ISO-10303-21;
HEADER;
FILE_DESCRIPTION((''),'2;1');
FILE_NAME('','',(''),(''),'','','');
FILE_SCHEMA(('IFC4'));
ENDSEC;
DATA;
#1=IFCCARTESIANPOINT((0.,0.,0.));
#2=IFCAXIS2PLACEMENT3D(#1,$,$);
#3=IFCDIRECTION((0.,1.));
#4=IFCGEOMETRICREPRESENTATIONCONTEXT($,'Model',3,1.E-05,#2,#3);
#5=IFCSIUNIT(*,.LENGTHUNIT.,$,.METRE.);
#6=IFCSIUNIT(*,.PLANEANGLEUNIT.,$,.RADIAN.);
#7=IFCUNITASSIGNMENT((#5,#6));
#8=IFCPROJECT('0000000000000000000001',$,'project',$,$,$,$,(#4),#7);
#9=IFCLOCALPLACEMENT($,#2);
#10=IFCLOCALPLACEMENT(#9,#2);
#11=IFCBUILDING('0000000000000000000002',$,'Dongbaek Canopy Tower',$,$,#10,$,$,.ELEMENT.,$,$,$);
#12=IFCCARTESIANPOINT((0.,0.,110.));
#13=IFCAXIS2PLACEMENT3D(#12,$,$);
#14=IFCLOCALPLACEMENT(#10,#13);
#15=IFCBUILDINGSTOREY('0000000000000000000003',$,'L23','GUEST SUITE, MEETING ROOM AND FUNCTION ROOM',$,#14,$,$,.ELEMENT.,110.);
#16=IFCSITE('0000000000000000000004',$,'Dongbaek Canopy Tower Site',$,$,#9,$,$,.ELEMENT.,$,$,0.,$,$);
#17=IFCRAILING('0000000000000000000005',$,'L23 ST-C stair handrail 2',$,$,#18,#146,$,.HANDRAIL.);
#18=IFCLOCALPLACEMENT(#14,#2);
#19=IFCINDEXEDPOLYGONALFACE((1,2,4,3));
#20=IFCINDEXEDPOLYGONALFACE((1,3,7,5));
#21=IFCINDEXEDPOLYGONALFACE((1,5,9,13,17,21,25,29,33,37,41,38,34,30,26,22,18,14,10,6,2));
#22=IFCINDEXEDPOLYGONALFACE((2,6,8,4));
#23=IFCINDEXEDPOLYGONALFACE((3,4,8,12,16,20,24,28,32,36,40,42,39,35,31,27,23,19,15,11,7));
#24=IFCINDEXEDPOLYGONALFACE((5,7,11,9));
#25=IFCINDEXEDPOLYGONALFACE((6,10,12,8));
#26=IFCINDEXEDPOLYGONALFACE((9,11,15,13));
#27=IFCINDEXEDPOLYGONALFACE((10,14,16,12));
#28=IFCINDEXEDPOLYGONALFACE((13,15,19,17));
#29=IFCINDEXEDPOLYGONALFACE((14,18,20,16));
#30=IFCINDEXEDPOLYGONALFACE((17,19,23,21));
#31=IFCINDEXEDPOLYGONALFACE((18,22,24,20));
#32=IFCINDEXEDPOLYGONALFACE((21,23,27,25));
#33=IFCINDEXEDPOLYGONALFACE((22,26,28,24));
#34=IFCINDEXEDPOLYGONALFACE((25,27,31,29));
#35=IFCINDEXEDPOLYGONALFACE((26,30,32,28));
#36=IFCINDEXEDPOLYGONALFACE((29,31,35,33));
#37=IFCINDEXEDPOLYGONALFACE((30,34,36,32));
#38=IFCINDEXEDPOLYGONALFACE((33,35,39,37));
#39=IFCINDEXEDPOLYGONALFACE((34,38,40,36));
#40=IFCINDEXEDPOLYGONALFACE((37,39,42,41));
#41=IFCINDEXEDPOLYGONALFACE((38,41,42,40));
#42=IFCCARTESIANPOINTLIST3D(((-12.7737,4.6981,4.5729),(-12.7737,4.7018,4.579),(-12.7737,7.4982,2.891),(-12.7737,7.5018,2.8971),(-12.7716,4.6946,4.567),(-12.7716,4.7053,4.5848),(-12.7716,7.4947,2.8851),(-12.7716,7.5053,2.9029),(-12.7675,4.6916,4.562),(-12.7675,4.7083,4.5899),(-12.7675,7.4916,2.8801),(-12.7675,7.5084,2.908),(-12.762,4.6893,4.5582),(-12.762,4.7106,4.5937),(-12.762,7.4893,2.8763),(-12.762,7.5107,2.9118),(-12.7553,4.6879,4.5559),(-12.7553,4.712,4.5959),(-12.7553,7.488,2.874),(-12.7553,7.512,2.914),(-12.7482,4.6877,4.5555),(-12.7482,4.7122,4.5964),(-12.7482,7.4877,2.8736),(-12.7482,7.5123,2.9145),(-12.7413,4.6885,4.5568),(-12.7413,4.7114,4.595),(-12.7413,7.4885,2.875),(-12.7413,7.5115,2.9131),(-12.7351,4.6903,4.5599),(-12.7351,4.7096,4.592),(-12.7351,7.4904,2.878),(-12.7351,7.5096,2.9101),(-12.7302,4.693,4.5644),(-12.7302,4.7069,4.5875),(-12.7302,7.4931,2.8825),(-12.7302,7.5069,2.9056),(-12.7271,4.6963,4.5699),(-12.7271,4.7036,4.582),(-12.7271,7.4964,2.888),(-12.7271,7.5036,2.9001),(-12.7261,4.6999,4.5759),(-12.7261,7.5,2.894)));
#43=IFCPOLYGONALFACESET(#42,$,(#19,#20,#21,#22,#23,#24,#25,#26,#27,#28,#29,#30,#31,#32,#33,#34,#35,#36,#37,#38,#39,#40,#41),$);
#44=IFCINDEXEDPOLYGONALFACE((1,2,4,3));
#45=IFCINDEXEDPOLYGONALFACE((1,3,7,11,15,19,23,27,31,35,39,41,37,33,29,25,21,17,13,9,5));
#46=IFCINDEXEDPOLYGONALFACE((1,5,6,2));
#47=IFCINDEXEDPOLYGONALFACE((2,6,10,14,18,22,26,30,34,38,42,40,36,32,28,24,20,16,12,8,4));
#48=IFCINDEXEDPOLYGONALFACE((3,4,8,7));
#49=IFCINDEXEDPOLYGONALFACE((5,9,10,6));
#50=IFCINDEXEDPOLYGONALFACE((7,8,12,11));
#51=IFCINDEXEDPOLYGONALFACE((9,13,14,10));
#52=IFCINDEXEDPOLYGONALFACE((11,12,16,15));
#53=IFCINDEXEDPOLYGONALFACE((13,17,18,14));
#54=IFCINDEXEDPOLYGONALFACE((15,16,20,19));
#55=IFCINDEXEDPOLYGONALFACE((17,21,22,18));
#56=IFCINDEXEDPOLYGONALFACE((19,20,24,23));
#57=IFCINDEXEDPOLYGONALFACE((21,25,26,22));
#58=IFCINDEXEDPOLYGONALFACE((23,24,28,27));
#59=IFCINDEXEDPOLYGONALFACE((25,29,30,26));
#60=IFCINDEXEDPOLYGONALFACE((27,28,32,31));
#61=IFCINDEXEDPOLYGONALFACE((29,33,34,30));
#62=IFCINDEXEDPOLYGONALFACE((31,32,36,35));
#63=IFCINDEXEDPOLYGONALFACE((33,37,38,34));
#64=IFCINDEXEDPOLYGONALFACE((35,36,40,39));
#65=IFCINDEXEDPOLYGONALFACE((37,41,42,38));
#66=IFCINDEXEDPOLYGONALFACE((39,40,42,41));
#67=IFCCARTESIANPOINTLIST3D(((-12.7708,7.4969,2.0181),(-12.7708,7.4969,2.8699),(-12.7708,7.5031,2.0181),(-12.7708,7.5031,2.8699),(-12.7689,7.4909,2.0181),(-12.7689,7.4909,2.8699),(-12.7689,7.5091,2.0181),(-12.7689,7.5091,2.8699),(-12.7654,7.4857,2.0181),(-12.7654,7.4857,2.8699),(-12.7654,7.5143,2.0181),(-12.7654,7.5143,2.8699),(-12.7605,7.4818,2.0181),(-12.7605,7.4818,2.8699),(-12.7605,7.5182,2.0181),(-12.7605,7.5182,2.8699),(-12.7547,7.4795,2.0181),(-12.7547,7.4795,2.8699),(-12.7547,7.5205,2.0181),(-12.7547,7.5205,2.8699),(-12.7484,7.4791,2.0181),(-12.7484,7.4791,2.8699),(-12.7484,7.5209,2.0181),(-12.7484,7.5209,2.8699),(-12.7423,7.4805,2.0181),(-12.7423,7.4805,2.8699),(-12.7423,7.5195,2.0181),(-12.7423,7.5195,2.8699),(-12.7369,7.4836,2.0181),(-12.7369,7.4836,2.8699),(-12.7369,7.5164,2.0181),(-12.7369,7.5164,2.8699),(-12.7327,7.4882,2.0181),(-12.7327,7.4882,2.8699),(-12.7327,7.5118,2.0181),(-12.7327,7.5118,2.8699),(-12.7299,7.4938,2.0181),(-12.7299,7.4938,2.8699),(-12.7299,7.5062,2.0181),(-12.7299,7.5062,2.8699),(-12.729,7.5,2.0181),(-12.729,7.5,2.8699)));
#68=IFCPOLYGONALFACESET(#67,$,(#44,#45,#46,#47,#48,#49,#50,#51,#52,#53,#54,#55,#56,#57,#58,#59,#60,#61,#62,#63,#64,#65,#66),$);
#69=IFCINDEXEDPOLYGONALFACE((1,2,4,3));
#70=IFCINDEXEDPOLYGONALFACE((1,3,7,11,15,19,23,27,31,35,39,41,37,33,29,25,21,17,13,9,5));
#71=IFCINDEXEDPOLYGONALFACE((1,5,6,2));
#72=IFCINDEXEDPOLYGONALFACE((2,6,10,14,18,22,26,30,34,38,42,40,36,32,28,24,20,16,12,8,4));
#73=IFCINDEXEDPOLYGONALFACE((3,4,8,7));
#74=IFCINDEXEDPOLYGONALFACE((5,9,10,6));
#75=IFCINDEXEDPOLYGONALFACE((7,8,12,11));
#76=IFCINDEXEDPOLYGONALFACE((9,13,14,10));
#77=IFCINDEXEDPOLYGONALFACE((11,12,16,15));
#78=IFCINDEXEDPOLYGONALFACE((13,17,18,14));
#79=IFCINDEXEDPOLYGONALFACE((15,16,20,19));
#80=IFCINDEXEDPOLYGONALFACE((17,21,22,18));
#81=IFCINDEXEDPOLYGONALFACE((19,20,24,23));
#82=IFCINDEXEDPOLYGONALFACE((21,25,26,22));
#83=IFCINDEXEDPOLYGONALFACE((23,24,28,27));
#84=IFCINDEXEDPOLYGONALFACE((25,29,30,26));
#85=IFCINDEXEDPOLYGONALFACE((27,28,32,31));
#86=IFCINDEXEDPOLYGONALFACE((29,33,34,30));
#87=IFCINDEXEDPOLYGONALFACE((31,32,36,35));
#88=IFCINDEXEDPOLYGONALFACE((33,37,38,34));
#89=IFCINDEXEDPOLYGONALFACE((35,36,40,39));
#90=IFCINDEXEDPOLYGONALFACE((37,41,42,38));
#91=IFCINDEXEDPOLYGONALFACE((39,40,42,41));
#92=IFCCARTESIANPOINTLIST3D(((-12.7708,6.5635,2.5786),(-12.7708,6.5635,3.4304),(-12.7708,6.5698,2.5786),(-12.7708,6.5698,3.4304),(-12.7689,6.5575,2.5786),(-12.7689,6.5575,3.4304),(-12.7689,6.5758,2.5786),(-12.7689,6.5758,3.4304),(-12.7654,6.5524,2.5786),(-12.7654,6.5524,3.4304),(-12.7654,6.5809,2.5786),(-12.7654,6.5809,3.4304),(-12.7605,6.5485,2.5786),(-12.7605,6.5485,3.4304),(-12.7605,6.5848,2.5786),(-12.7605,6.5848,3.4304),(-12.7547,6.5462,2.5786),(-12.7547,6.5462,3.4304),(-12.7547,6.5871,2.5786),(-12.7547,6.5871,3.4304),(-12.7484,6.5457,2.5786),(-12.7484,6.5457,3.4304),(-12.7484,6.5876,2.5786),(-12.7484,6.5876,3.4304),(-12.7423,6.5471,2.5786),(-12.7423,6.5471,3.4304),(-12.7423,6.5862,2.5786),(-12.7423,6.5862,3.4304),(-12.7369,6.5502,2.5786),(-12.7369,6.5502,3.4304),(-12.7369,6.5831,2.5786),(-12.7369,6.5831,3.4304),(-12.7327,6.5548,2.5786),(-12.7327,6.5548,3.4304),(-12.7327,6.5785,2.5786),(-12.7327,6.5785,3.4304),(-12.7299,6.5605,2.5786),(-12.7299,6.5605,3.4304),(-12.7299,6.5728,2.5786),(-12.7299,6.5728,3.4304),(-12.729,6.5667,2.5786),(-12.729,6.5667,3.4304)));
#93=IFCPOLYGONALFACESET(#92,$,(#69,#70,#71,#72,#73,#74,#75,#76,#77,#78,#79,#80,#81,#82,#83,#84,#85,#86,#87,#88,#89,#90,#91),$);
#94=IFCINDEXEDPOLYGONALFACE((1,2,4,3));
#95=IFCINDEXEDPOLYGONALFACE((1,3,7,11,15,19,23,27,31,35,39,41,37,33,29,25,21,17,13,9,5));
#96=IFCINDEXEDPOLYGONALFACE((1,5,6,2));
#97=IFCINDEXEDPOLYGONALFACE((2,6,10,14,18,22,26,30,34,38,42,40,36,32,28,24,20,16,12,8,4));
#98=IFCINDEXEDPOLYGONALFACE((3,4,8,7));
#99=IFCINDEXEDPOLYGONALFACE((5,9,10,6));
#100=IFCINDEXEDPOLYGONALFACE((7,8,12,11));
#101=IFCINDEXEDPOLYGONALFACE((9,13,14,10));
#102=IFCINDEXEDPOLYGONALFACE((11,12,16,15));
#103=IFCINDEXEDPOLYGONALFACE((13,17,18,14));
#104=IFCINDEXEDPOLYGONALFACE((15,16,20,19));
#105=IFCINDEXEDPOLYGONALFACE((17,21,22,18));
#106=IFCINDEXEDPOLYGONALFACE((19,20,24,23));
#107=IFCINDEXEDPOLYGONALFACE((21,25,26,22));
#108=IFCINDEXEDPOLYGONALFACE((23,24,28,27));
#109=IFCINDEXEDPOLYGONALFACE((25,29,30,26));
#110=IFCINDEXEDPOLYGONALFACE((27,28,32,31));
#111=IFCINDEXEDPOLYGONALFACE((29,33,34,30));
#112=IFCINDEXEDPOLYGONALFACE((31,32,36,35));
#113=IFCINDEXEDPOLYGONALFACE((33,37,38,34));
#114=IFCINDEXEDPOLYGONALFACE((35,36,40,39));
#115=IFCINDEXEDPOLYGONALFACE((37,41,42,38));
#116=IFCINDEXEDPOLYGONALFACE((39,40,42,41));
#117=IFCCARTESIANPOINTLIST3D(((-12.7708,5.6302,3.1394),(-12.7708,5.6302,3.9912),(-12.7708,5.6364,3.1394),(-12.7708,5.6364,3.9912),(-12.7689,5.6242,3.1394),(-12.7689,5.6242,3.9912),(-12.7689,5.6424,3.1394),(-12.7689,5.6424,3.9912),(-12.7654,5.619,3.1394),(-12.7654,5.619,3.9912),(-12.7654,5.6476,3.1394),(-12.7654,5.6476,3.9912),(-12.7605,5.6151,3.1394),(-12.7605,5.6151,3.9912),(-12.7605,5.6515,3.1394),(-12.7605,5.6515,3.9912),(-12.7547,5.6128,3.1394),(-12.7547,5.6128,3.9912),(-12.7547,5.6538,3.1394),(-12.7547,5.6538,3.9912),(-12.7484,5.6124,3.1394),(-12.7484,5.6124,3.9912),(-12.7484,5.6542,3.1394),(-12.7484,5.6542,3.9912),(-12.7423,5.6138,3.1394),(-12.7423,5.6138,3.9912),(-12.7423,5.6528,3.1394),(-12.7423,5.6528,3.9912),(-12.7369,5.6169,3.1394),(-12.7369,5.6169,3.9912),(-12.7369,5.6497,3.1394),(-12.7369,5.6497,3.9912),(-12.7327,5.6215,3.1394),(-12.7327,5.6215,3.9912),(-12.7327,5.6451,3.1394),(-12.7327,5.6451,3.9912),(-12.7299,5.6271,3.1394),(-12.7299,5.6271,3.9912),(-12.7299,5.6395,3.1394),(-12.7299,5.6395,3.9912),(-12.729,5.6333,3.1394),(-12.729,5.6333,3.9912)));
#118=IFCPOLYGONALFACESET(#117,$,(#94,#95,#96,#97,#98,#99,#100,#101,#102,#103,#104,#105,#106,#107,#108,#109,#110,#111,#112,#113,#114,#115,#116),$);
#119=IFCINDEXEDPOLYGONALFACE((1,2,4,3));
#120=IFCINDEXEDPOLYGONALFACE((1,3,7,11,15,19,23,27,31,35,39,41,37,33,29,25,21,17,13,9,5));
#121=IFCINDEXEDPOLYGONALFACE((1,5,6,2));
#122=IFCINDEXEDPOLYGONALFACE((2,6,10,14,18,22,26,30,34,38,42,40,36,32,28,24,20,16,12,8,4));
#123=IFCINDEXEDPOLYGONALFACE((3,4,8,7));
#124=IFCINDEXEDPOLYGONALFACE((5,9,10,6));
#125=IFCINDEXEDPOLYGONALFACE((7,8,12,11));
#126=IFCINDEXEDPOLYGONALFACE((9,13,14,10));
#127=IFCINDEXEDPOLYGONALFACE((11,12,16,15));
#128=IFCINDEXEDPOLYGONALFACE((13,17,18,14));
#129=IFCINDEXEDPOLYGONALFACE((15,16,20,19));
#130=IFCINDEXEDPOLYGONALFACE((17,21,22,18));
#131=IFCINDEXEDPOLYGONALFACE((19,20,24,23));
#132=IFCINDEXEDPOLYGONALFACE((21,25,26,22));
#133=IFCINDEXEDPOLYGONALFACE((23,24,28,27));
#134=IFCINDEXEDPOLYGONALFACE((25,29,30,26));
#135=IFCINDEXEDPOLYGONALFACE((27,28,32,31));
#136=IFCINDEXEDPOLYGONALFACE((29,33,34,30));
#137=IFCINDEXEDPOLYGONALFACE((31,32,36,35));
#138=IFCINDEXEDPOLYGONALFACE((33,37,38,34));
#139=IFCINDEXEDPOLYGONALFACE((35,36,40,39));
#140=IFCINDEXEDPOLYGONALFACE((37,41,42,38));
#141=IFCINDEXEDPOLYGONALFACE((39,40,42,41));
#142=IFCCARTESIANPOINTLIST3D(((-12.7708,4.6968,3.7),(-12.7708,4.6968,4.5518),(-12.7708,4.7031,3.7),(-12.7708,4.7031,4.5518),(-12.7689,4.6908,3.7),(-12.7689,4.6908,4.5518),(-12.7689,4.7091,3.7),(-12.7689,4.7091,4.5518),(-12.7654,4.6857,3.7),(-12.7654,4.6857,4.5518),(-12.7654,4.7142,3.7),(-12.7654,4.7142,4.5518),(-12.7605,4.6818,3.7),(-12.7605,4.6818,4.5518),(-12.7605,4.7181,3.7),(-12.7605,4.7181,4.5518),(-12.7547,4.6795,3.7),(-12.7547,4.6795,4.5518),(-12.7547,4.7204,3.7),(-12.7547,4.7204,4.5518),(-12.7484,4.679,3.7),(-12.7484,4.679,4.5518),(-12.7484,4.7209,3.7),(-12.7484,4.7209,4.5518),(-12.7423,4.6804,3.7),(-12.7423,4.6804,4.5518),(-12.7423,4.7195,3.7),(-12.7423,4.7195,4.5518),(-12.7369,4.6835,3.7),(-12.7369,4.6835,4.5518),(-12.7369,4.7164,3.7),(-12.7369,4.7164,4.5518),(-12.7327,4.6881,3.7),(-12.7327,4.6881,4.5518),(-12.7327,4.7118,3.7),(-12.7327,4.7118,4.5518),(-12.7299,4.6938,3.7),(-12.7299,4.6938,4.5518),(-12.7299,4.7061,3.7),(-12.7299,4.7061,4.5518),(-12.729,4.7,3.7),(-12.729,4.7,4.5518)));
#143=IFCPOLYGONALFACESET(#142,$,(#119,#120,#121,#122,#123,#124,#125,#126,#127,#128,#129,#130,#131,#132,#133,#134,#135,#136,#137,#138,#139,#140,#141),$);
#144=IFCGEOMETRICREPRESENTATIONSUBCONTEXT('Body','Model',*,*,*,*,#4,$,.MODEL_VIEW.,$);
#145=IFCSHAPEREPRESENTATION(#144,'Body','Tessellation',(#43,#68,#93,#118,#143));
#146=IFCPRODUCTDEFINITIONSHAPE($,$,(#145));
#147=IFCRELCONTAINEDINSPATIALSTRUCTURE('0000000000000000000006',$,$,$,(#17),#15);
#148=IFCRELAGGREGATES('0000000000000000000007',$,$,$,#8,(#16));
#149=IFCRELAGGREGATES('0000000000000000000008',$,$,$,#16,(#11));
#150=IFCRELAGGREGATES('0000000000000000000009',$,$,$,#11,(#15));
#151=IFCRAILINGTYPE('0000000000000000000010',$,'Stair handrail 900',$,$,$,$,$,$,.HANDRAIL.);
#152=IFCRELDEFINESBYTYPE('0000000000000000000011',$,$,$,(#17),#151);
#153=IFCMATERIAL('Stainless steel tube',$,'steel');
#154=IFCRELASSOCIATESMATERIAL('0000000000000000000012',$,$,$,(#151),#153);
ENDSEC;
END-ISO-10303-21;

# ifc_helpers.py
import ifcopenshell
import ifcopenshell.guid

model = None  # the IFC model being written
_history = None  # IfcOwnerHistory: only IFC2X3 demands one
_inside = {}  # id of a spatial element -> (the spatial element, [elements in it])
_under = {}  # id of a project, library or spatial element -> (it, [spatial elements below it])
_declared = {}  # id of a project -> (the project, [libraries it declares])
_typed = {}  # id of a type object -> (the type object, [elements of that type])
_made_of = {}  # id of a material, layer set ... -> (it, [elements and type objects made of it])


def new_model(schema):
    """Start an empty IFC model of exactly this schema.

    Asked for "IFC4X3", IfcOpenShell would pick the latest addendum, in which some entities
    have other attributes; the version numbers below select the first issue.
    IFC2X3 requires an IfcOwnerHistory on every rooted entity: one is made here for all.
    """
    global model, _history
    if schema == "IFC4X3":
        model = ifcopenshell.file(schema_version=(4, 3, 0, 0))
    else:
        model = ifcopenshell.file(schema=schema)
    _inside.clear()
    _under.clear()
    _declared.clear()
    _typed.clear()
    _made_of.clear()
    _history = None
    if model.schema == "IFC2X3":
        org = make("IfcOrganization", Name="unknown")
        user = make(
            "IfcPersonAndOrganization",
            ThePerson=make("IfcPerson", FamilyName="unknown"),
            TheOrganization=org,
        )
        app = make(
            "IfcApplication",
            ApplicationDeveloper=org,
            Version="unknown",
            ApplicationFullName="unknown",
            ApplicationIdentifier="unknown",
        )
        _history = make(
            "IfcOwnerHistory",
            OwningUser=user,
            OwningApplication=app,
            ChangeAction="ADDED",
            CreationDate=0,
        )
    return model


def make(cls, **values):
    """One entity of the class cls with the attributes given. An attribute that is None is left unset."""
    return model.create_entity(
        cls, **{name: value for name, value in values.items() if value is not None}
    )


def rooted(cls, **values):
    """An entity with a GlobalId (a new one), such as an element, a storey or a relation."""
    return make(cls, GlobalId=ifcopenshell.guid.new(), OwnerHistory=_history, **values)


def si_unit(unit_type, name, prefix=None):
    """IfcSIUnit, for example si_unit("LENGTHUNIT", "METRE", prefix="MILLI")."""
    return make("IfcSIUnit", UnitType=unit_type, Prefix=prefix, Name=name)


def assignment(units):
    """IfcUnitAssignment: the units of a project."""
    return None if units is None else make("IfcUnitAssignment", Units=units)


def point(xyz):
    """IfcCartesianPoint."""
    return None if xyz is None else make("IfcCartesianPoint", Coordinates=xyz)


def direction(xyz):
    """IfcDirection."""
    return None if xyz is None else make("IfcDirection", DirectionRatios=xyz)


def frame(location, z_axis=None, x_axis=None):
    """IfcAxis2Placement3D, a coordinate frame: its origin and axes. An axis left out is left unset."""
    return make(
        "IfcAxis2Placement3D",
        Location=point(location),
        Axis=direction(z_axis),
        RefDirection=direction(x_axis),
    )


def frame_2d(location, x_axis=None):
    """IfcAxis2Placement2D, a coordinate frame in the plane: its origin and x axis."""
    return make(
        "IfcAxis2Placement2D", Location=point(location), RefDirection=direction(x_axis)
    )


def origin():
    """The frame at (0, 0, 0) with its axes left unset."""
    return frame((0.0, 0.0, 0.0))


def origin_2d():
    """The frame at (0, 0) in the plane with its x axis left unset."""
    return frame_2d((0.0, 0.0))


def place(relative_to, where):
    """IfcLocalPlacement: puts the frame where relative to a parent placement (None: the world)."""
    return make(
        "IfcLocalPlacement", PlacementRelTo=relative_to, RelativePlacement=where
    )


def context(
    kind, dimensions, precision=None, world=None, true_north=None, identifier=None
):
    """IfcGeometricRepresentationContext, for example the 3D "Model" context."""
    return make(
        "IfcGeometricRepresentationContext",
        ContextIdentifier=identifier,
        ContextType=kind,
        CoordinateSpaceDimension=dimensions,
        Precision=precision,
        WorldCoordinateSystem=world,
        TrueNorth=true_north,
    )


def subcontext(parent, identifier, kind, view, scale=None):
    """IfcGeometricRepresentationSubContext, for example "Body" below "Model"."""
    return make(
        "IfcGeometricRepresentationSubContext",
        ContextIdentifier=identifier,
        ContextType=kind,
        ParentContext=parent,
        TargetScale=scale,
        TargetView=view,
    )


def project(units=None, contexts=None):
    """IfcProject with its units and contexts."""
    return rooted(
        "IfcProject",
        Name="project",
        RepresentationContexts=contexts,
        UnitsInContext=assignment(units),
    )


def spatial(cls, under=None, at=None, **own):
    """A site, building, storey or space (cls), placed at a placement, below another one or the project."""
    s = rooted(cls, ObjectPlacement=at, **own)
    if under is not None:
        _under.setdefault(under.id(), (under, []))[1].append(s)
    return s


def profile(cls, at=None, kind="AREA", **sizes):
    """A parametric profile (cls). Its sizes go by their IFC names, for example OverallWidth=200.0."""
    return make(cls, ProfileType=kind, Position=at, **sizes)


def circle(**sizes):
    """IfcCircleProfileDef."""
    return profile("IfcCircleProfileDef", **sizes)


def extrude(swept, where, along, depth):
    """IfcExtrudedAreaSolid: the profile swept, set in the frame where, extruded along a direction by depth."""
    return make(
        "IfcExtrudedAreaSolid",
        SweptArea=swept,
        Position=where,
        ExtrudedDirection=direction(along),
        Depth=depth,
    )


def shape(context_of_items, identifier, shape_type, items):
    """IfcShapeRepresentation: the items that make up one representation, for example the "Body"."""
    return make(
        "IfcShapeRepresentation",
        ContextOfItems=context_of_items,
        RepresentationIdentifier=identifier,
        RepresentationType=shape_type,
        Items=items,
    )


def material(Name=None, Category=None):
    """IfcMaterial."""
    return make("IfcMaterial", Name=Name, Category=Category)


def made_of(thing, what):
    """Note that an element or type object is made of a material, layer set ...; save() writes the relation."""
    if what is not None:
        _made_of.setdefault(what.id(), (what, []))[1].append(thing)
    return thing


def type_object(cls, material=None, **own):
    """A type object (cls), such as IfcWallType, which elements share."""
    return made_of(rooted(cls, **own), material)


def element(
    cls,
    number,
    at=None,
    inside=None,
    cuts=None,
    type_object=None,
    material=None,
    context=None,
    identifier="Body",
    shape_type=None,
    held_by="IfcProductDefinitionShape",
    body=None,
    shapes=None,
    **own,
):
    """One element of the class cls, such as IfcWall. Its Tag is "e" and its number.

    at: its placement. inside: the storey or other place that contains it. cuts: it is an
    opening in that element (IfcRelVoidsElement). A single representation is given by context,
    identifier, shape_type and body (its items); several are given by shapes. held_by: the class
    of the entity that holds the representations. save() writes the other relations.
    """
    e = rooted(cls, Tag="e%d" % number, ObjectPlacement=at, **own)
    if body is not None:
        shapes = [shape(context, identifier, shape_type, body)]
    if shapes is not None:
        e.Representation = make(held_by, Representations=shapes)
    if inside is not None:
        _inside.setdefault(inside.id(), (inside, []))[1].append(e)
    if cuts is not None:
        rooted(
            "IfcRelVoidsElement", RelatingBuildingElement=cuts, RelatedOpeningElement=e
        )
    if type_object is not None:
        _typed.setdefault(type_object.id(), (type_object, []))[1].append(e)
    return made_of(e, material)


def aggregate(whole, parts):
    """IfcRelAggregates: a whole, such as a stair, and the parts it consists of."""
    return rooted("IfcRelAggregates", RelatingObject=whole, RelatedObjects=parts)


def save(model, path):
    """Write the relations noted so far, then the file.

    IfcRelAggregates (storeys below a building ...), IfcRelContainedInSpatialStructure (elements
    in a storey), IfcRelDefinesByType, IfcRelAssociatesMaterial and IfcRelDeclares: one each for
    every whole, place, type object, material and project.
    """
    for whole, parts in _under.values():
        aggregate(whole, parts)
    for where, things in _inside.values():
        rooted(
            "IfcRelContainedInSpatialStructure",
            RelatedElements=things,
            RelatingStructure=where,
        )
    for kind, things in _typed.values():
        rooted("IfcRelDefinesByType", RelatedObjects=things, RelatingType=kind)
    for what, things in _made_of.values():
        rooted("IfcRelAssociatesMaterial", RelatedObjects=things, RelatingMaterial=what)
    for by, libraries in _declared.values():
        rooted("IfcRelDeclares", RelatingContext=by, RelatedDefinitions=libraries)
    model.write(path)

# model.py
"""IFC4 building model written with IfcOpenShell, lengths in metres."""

from ifc_helpers import new_model, si_unit, direction, frame, origin, origin_2d, place, context, subcontext, project, spatial, circle, extrude, material, type_object, element, save


model = new_model("IFC4")

# Units and contexts
model_context = context("Model", 3, precision=1e-05, world=origin(), true_north=direction((0.0, 1.0)))
body_context = subcontext(model_context, "Body", "Model", "MODEL_VIEW")
ifc_project = project(units=[si_unit("LENGTHUNIT", "METRE"), si_unit("PLANEANGLEUNIT", "RADIAN")], contexts=[model_context])

# Site, building, storey
site_placement = place(None, origin())
site = spatial("IfcSite", under=ifc_project, at=site_placement, Name="Dongbaek Canopy Tower Site", CompositionType="ELEMENT", RefElevation=0.0)
building_placement = place(site_placement, origin())
building = spatial("IfcBuilding", under=site, at=building_placement, Name="Dongbaek Canopy Tower", CompositionType="ELEMENT")
storey_placement = place(building_placement, frame((0.0, 0.0, 110.0)))
storey = spatial("IfcBuildingStorey", under=building, at=storey_placement, Name="L23", Description="GUEST SUITE, MEETING ROOM AND FUNCTION ROOM", CompositionType="ELEMENT", Elevation=110.0)

# Railing
ifc_material_1 = material(Name="Stainless steel tube", Category="steel")
railing_type_1 = type_object("IfcRailingType", Name="Stair handrail 900", PredefinedType="HANDRAIL", material=ifc_material_1)
railing_1_placement = place(storey_placement, frame((-12.75, 7.5, 2.0181)))
element("IfcRailing", 1, at=railing_1_placement, inside=storey, type_object=railing_type_1, Name="L23 ST-C stair handrail 2", PredefinedType="HANDRAIL", context=body_context, shape_type="SweptSolid", body=[
    extrude(circle(Radius=0.0239, at=origin_2d()), frame((0.0, 0.0, 0.876), z_axis=(0.0, -0.857242, 0.514913), x_axis=(1.0, 0.0, 0.0)), (0.0, 0.0, 1.0), 3.2664),
    extrude(circle(Radius=0.021, at=origin_2d()), origin(), (0.0, 0.0, 1.0), 0.8518),
    extrude(circle(Radius=0.021, at=origin_2d()), frame((0.0, -0.9333, 0.5605)), (0.0, 0.0, 1.0), 0.8518),
    extrude(circle(Radius=0.021, at=origin_2d()), frame((0.0, -1.8667, 1.1213)), (0.0, 0.0, 1.0), 0.8518),
    extrude(circle(Radius=0.021, at=origin_2d()), frame((0.0, -2.8, 1.6819)), (0.0, 0.0, 1.0), 0.8518),
])

save(model, "model.ifc")
